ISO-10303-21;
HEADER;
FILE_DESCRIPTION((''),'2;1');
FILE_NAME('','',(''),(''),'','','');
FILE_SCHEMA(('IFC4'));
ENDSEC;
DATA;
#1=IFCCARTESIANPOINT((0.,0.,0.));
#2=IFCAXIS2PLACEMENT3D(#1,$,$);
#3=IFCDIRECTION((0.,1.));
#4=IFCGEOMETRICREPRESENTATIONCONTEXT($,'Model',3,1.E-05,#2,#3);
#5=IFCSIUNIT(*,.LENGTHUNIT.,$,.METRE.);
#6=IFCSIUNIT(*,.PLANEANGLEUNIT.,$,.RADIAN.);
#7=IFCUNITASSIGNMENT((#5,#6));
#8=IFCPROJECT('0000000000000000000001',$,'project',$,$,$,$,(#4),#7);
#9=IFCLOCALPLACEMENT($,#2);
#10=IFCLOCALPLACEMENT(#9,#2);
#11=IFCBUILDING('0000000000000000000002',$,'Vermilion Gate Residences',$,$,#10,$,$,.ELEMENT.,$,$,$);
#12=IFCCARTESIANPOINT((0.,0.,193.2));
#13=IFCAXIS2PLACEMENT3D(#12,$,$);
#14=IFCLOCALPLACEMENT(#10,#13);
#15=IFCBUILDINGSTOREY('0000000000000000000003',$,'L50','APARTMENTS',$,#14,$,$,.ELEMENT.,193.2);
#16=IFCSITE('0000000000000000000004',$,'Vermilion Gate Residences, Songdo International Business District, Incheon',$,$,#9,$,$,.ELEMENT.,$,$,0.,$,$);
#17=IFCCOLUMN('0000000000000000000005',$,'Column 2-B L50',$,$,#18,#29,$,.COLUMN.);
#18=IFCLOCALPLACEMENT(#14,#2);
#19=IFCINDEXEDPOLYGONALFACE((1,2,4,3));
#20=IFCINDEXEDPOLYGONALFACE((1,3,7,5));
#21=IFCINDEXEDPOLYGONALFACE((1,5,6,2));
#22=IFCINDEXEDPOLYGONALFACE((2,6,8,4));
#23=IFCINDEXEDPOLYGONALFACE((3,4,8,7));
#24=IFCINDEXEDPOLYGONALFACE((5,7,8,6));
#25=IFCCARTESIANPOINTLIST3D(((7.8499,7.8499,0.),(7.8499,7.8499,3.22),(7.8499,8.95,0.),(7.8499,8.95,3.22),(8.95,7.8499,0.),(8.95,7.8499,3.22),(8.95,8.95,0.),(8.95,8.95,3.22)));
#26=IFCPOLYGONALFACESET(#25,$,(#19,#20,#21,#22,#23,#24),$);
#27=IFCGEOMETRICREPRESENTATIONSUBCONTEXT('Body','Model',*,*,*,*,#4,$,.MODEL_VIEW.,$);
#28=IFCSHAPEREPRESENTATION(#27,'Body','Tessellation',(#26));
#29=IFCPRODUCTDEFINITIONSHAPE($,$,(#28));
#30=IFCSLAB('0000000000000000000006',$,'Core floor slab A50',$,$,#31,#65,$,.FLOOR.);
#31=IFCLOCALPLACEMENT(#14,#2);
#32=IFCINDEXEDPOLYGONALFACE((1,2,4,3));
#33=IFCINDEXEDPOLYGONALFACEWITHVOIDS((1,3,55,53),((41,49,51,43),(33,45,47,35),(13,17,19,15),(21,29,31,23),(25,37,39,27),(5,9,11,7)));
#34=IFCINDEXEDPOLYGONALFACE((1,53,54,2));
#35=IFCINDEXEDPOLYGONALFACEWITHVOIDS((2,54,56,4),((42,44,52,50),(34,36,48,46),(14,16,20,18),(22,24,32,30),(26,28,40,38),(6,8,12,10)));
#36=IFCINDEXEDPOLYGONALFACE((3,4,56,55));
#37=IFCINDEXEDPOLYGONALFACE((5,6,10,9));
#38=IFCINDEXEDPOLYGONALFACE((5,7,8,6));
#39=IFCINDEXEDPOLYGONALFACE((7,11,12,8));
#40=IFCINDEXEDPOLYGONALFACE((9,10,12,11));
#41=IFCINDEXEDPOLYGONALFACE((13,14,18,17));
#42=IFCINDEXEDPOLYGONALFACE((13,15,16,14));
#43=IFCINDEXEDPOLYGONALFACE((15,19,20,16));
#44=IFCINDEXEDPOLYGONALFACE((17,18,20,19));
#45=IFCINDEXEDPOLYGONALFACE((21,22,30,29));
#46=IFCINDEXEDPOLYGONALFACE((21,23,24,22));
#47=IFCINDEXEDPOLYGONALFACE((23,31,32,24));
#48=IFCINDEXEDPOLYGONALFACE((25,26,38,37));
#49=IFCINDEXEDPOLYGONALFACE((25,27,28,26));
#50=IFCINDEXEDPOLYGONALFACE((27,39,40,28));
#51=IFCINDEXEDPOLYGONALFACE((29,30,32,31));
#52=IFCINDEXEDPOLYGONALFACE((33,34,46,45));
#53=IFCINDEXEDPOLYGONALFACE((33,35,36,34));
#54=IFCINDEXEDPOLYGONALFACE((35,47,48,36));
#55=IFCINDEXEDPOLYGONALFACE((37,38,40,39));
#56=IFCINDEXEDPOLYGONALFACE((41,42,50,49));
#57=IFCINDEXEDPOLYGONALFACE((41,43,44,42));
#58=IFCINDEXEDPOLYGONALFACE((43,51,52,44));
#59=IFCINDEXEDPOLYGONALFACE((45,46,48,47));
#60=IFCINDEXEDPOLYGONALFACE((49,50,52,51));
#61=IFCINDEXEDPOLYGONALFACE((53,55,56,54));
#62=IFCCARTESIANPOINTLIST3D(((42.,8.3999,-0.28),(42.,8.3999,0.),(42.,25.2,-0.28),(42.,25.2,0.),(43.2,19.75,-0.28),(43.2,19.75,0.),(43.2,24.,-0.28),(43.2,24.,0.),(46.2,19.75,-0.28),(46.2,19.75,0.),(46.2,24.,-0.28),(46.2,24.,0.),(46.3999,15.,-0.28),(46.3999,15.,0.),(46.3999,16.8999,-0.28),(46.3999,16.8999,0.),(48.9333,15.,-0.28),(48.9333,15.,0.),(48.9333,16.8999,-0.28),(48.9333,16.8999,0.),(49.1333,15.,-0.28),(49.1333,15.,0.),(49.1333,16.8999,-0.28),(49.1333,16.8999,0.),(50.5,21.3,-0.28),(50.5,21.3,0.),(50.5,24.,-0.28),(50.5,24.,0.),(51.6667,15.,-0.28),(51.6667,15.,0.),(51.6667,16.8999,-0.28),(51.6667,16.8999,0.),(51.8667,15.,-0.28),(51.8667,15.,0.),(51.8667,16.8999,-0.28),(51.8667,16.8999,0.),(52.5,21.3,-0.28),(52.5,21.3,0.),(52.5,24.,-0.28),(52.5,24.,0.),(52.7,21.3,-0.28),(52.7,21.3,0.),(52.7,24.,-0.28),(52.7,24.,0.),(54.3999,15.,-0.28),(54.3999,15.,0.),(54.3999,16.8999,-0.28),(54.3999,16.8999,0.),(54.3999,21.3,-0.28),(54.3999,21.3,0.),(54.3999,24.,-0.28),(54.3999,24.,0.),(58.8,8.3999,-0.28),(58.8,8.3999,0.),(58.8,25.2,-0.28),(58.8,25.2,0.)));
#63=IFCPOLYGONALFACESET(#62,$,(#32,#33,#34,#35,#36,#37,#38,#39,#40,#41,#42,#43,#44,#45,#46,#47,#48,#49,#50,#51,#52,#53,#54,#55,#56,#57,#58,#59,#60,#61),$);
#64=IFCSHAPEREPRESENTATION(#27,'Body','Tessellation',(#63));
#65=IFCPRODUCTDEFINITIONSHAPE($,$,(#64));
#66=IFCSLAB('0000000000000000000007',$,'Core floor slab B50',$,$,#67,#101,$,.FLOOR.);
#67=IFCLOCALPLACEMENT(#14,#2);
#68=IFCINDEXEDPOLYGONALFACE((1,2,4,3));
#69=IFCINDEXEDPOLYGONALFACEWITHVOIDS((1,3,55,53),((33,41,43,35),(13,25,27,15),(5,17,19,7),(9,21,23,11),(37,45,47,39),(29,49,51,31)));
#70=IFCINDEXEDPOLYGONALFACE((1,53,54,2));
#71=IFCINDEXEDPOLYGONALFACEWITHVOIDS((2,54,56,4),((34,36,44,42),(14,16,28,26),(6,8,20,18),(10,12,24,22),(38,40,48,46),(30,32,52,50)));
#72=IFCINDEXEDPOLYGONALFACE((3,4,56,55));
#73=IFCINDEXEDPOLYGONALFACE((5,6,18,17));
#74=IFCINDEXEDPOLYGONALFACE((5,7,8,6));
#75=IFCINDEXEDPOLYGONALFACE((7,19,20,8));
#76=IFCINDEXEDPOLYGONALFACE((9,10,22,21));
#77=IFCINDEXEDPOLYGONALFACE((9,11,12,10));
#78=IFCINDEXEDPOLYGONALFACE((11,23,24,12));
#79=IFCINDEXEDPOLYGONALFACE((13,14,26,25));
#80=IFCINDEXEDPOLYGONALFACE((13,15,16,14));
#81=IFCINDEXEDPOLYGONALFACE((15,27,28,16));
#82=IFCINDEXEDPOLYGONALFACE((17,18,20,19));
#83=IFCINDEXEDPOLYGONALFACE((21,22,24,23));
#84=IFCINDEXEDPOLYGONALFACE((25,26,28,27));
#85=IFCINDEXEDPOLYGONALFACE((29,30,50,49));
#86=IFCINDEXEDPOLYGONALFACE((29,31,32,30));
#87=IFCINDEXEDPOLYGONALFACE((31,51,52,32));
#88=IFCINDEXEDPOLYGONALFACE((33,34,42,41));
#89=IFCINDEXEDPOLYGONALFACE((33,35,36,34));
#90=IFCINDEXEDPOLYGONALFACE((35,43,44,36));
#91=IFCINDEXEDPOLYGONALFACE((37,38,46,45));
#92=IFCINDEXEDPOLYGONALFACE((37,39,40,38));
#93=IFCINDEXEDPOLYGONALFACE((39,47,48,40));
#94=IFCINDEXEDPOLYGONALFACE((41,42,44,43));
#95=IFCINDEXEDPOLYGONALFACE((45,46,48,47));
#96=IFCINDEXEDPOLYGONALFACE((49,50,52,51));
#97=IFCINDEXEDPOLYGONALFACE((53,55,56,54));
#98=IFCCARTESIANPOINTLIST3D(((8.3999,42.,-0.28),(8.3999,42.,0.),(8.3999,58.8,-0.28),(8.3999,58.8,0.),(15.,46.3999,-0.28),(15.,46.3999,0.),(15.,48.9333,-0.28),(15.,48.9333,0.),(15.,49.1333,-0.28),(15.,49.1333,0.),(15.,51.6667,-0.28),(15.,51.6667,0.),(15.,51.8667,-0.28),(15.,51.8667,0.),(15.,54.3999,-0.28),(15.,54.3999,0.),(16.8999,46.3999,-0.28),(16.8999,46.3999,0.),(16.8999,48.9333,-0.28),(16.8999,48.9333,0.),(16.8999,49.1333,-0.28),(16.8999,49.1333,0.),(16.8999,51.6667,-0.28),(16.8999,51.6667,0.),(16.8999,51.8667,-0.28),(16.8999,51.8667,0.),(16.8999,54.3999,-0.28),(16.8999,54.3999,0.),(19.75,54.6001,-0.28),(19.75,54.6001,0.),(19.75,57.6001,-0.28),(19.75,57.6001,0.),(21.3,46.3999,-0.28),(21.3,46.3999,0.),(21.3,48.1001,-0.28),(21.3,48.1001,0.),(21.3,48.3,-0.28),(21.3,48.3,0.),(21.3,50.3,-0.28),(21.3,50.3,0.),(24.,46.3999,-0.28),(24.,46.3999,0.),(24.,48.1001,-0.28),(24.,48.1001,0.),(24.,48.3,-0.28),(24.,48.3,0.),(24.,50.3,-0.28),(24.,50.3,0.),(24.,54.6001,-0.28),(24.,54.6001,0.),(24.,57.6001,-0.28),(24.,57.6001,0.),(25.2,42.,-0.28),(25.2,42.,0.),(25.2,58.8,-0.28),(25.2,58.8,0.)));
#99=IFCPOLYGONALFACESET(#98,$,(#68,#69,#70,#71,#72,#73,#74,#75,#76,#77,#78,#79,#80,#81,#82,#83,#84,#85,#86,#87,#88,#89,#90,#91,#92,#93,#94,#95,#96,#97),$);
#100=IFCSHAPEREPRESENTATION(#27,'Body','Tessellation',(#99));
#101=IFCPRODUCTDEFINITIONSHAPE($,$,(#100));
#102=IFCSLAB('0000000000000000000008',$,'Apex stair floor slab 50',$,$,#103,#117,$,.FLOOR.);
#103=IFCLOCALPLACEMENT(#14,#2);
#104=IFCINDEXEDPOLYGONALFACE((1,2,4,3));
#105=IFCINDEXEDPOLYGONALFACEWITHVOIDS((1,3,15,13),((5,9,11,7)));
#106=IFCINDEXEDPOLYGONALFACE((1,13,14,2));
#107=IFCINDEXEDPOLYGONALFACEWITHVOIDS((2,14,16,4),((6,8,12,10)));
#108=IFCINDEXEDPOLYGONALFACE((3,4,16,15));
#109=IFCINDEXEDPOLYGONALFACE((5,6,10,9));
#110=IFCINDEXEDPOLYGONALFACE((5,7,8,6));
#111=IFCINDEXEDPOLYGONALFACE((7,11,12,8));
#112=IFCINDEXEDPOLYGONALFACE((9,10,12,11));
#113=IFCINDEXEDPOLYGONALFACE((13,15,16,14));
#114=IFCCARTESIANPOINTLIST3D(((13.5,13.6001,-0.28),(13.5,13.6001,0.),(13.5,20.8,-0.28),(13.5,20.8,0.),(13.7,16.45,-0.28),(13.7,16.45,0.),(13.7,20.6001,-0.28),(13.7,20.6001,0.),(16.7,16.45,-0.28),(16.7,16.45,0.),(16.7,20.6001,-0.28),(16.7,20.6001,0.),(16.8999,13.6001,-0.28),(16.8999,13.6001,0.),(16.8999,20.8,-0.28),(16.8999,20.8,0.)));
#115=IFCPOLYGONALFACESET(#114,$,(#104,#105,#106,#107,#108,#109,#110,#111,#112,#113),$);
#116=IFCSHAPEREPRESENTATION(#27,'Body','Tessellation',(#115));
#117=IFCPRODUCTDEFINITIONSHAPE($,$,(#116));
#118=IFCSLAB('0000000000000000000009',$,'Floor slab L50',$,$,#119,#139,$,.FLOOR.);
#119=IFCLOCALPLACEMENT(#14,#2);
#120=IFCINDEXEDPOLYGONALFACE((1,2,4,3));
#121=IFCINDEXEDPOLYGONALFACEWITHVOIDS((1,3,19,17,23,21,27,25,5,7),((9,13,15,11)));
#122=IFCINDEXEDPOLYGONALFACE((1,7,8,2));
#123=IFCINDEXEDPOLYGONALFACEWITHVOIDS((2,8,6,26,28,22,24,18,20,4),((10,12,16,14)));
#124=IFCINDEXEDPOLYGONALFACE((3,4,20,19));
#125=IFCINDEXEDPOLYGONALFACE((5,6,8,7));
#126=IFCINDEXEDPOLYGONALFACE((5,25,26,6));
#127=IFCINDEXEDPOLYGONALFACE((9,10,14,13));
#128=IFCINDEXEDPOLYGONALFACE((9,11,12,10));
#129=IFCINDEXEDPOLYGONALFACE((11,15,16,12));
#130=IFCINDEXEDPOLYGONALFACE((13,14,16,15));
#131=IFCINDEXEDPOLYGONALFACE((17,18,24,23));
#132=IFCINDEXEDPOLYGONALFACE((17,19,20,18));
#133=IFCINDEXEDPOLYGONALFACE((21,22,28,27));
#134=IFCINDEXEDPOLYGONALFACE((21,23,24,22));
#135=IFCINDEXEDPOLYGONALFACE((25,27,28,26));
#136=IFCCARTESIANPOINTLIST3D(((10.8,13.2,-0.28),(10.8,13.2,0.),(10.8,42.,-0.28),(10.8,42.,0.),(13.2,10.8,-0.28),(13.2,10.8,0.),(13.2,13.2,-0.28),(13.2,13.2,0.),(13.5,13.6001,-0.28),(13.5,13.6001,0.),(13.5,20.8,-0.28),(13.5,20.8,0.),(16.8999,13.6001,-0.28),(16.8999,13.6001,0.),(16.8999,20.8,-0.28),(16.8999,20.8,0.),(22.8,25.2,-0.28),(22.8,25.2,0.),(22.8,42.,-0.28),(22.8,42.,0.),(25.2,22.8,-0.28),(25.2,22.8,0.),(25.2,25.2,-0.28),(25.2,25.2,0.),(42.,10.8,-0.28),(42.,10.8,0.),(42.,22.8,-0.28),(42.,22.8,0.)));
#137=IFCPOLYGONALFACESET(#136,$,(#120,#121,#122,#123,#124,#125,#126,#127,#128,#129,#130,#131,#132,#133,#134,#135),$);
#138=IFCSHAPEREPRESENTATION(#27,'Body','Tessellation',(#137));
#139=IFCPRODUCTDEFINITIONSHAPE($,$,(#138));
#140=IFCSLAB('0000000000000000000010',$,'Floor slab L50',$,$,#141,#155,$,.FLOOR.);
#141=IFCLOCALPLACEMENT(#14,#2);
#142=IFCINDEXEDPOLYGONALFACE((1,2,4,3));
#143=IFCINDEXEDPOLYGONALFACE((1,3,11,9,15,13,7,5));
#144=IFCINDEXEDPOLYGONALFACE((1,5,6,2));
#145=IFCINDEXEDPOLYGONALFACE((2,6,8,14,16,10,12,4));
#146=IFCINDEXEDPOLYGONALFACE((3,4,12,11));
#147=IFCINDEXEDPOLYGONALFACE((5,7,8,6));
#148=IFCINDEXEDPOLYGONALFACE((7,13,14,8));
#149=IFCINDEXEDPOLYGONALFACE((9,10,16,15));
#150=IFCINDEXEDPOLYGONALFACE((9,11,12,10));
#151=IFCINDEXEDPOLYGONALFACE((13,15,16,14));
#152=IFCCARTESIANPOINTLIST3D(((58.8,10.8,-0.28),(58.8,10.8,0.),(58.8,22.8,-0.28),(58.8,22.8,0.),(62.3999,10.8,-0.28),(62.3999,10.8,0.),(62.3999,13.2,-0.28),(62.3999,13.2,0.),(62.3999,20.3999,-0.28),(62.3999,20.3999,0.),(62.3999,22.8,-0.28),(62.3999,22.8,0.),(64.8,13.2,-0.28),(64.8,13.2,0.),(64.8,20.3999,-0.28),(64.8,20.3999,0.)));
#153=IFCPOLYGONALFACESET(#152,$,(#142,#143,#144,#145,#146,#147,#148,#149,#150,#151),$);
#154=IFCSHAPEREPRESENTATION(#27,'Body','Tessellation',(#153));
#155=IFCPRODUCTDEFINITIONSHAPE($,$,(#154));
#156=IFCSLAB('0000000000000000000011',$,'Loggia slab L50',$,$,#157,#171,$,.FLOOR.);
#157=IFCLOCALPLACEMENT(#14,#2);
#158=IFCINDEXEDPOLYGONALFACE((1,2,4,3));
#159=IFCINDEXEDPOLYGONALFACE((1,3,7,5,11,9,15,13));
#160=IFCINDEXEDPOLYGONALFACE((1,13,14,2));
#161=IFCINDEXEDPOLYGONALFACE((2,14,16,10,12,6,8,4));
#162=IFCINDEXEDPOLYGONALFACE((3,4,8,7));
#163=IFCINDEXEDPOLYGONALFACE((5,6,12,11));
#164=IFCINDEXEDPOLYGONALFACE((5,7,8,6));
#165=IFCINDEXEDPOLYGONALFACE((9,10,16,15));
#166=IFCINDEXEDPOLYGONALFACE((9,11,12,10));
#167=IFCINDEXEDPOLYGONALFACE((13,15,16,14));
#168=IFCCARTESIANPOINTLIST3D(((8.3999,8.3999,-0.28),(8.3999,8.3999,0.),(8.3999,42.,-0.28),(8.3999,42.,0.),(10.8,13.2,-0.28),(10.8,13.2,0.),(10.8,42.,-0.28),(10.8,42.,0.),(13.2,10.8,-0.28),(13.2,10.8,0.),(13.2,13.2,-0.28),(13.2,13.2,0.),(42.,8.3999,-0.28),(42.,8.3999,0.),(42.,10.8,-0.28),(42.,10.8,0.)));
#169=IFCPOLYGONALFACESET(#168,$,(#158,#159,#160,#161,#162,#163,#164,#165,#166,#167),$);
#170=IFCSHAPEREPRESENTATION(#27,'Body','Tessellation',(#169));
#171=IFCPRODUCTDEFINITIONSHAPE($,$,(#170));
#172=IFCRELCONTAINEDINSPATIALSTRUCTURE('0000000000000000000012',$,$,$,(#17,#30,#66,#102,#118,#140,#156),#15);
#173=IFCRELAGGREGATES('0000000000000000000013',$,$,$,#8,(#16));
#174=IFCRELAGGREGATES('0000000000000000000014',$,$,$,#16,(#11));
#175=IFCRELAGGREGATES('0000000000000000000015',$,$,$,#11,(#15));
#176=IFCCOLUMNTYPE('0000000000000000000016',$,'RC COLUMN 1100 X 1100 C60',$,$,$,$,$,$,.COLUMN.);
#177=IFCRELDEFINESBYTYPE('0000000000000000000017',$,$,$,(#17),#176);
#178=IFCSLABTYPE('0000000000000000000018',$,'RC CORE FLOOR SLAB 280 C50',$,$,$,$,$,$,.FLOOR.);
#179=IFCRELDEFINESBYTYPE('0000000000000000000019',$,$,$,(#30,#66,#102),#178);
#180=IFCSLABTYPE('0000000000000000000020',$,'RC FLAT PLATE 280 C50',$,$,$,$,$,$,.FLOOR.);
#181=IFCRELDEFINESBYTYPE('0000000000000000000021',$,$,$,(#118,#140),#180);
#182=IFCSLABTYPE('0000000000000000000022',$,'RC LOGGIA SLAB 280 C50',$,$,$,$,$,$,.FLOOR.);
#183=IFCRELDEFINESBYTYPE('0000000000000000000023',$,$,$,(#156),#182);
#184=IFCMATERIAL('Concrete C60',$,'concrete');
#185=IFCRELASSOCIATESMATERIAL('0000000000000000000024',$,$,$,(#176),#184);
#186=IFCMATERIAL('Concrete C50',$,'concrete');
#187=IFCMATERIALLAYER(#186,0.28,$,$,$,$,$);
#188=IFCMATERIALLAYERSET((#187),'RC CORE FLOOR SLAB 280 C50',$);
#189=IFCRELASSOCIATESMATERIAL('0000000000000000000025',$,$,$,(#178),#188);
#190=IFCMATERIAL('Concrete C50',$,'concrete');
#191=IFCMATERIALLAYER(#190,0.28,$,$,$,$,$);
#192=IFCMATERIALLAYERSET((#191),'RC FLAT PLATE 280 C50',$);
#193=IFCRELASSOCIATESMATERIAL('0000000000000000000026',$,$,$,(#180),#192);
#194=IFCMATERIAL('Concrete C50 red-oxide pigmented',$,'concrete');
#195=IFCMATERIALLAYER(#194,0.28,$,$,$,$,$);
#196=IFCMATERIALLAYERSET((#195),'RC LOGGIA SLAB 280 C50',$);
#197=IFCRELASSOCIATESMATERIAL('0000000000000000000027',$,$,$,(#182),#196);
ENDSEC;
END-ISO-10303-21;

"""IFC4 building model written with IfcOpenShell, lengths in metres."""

from ifc_helpers import new_model, si_unit, direction, frame, origin, origin_2d, place, context, subcontext, project, spatial, polyline, rectangle, outline, extrude, material, layer, layer_set, material_profile, profile_set, type_object, element, save


model = new_model("IFC4")

# Units and contexts
model_context = context("Model", 3, precision=1e-05, world=origin(), true_north=direction((0.0, 1.0)))
body_context = subcontext(model_context, "Body", "Model", "MODEL_VIEW")
ifc_project = project(units=[si_unit("LENGTHUNIT", "METRE"), si_unit("PLANEANGLEUNIT", "RADIAN")], contexts=[model_context])

# Site, building, storey
site_placement = place(None, origin())
site = spatial("IfcSite", under=ifc_project, at=site_placement, Name="Vermilion Gate Residences, Songdo International Business District, Incheon", CompositionType="ELEMENT", RefElevation=0.0)
building_placement = place(site_placement, origin())
building = spatial("IfcBuilding", under=site, at=building_placement, Name="Vermilion Gate Residences", CompositionType="ELEMENT")
storey_placement = place(building_placement, frame((0.0, 0.0, 193.2)))
storey = spatial("IfcBuildingStorey", under=building, at=storey_placement, Name="L50", Description="APARTMENTS", CompositionType="ELEMENT", Elevation=193.2)

# Column
ifc_material_1 = material(Name="Concrete C60", Category="concrete")
ifc_material_profile_1 = material_profile(ifc_material_1, rectangle(XDim=1.1001, YDim=1.1001, at=origin_2d()), Name="RC-1100x1100")
ifc_profile_set_1 = profile_set([ifc_material_profile_1], Name="Concrete C60")
column_type = type_object("IfcColumnType", Name="RC COLUMN 1100 X 1100 C60", PredefinedType="COLUMN", material=ifc_profile_set_1)
column_placement = place(storey_placement, frame((8.3999, 8.3999, 0.0), z_axis=(0.0, 0.0, 1.0), x_axis=(1.0, 0.0, 0.0)))
element("IfcColumn", 1, at=column_placement, inside=storey, type_object=column_type, Name="Column 2-B L50", PredefinedType="COLUMN", context=body_context, shape_type="SweptSolid", body=[
    extrude(rectangle(XDim=1.1001, YDim=1.1001, at=origin_2d()), origin(), (0.0, 0.0, 1.0), 3.22),
])

# Slabs
ifc_material_2 = material(Name="Concrete C50", Category="concrete")
ifc_layer_1 = layer(ifc_material_2, 0.28)
ifc_layer_set_1 = layer_set([ifc_layer_1], Name="RC CORE FLOOR SLAB 280 C50")
slab_type_1 = type_object("IfcSlabType", Name="RC CORE FLOOR SLAB 280 C50", PredefinedType="FLOOR", material=ifc_layer_set_1)
slab_1_placement = place(storey_placement, frame((0.0, 0.0, -0.28)))
element("IfcSlab", 2, at=slab_1_placement, inside=storey, type_object=slab_type_1, Name="Core floor slab A50", PredefinedType="FLOOR", context=body_context, shape_type="SweptSolid", body=[
    extrude(outline(polyline([(42.0, 8.3999), (58.8, 8.3999), (58.8, 25.2), (42.0, 25.2), (42.0, 8.3999)]), holes=[polyline([(46.3999, 15.0), (46.3999, 16.8999), (48.9333, 16.8999), (48.9333, 15.0), (46.3999, 15.0)]), polyline([(49.1333, 16.8999), (51.6667, 16.8999), (51.6667, 15.0), (49.1333, 15.0), (49.1333, 16.8999)]), polyline([(51.8667, 16.8999), (54.3999, 16.8999), (54.3999, 15.0), (51.8667, 15.0), (51.8667, 16.8999)]), polyline([(43.2, 19.75), (43.2, 24.0), (46.2, 24.0), (46.2, 19.75), (43.2, 19.75)]), polyline([(50.5, 24.0), (52.5, 24.0), (52.5, 21.3), (50.5, 21.3), (50.5, 24.0)]), polyline([(52.7, 24.0), (54.3999, 24.0), (54.3999, 21.3), (52.7, 21.3), (52.7, 24.0)])]), origin(), (0.0, 0.0, 1.0), 0.28),
])
slab_2_placement = place(storey_placement, frame((0.0, 0.0, -0.28)))
element("IfcSlab", 3, at=slab_2_placement, inside=storey, type_object=slab_type_1, Name="Core floor slab B50", PredefinedType="FLOOR", context=body_context, shape_type="SweptSolid", body=[
    extrude(outline(polyline([(8.3999, 42.0), (25.2, 42.0), (25.2, 58.8), (8.3999, 58.8), (8.3999, 42.0)]), holes=[polyline([(21.3, 46.3999), (21.3, 48.1001), (24.0, 48.1001), (24.0, 46.3999), (21.3, 46.3999)]), polyline([(15.0, 48.9333), (16.8999, 48.9333), (16.8999, 46.3999), (15.0, 46.3999), (15.0, 48.9333)]), polyline([(21.3, 50.3), (24.0, 50.3), (24.0, 48.3), (21.3, 48.3), (21.3, 50.3)]), polyline([(15.0, 49.1333), (15.0, 51.6667), (16.8999, 51.6667), (16.8999, 49.1333), (15.0, 49.1333)]), polyline([(15.0, 54.3999), (16.8999, 54.3999), (16.8999, 51.8667), (15.0, 51.8667), (15.0, 54.3999)]), polyline([(19.75, 57.6001), (24.0, 57.6001), (24.0, 54.6001), (19.75, 54.6001), (19.75, 57.6001)])]), origin(), (0.0, 0.0, 1.0), 0.28),
])
slab_3_placement = place(storey_placement, frame((0.0, 0.0, -0.28)))
element("IfcSlab", 4, at=slab_3_placement, inside=storey, type_object=slab_type_1, Name="Apex stair floor slab 50", PredefinedType="FLOOR", context=body_context, shape_type="SweptSolid", body=[
    extrude(outline(polyline([(13.5, 13.6001), (16.8999, 13.6001), (16.8999, 20.8), (13.5, 20.8), (13.5, 13.6001)]), holes=[polyline([(16.7, 20.6001), (16.7, 16.45), (13.7, 16.45), (13.7, 20.6001), (16.7, 20.6001)])]), origin(), (0.0, 0.0, 1.0), 0.28),
])
ifc_material_3 = material(Name="Concrete C50", Category="concrete")
ifc_layer_2 = layer(ifc_material_3, 0.28)
ifc_layer_set_2 = layer_set([ifc_layer_2], Name="RC FLAT PLATE 280 C50")
slab_type_2 = type_object("IfcSlabType", Name="RC FLAT PLATE 280 C50", PredefinedType="FLOOR", material=ifc_layer_set_2)
slab_4_placement = place(storey_placement, frame((0.0, 0.0, -0.28)))
element("IfcSlab", 5, at=slab_4_placement, inside=storey, type_object=slab_type_2, Name="Floor slab L50", PredefinedType="FLOOR", context=body_context, shape_type="SweptSolid", body=[
    extrude(outline(polyline([(22.8, 25.2), (22.8, 42.0), (10.8, 42.0), (10.8, 13.2), (13.2, 13.2), (13.2, 10.8), (42.0, 10.8), (42.0, 22.8), (25.2, 22.8), (25.2, 25.2), (22.8, 25.2)]), holes=[polyline([(13.5, 13.6001), (13.5, 20.8), (16.8999, 20.8), (16.8999, 13.6001), (13.5, 13.6001)])]), origin(), (0.0, 0.0, 1.0), 0.28),
])
slab_5_placement = place(storey_placement, frame((0.0, 0.0, -0.28)))
element("IfcSlab", 6, at=slab_5_placement, inside=storey, type_object=slab_type_2, Name="Floor slab L50", PredefinedType="FLOOR", context=body_context, shape_type="SweptSolid", body=[
    extrude(outline(polyline([(58.8, 22.8), (58.8, 10.8), (62.3999, 10.8), (62.3999, 13.2), (64.8, 13.2), (64.8, 20.3999), (62.3999, 20.3999), (62.3999, 22.8), (58.8, 22.8)])), origin(), (0.0, 0.0, 1.0), 0.28),
])
ifc_material_4 = material(Name="Concrete C50 red-oxide pigmented", Category="concrete")
ifc_layer_3 = layer(ifc_material_4, 0.28)
ifc_layer_set_3 = layer_set([ifc_layer_3], Name="RC LOGGIA SLAB 280 C50")
slab_type_3 = type_object("IfcSlabType", Name="RC LOGGIA SLAB 280 C50", PredefinedType="FLOOR", material=ifc_layer_set_3)
slab_6_placement = place(storey_placement, frame((0.0, 0.0, -0.28)))
element("IfcSlab", 7, at=slab_6_placement, inside=storey, type_object=slab_type_3, Name="Loggia slab L50", PredefinedType="FLOOR", context=body_context, shape_type="SweptSolid", body=[
    extrude(outline(polyline([(8.3999, 42.0), (8.3999, 8.3999), (42.0, 8.3999), (42.0, 10.8), (13.2, 10.8), (13.2, 13.2), (10.8, 13.2), (10.8, 42.0), (8.3999, 42.0)])), origin(), (0.0, 0.0, 1.0), 0.28),
])

save(model, "model.ifc")
